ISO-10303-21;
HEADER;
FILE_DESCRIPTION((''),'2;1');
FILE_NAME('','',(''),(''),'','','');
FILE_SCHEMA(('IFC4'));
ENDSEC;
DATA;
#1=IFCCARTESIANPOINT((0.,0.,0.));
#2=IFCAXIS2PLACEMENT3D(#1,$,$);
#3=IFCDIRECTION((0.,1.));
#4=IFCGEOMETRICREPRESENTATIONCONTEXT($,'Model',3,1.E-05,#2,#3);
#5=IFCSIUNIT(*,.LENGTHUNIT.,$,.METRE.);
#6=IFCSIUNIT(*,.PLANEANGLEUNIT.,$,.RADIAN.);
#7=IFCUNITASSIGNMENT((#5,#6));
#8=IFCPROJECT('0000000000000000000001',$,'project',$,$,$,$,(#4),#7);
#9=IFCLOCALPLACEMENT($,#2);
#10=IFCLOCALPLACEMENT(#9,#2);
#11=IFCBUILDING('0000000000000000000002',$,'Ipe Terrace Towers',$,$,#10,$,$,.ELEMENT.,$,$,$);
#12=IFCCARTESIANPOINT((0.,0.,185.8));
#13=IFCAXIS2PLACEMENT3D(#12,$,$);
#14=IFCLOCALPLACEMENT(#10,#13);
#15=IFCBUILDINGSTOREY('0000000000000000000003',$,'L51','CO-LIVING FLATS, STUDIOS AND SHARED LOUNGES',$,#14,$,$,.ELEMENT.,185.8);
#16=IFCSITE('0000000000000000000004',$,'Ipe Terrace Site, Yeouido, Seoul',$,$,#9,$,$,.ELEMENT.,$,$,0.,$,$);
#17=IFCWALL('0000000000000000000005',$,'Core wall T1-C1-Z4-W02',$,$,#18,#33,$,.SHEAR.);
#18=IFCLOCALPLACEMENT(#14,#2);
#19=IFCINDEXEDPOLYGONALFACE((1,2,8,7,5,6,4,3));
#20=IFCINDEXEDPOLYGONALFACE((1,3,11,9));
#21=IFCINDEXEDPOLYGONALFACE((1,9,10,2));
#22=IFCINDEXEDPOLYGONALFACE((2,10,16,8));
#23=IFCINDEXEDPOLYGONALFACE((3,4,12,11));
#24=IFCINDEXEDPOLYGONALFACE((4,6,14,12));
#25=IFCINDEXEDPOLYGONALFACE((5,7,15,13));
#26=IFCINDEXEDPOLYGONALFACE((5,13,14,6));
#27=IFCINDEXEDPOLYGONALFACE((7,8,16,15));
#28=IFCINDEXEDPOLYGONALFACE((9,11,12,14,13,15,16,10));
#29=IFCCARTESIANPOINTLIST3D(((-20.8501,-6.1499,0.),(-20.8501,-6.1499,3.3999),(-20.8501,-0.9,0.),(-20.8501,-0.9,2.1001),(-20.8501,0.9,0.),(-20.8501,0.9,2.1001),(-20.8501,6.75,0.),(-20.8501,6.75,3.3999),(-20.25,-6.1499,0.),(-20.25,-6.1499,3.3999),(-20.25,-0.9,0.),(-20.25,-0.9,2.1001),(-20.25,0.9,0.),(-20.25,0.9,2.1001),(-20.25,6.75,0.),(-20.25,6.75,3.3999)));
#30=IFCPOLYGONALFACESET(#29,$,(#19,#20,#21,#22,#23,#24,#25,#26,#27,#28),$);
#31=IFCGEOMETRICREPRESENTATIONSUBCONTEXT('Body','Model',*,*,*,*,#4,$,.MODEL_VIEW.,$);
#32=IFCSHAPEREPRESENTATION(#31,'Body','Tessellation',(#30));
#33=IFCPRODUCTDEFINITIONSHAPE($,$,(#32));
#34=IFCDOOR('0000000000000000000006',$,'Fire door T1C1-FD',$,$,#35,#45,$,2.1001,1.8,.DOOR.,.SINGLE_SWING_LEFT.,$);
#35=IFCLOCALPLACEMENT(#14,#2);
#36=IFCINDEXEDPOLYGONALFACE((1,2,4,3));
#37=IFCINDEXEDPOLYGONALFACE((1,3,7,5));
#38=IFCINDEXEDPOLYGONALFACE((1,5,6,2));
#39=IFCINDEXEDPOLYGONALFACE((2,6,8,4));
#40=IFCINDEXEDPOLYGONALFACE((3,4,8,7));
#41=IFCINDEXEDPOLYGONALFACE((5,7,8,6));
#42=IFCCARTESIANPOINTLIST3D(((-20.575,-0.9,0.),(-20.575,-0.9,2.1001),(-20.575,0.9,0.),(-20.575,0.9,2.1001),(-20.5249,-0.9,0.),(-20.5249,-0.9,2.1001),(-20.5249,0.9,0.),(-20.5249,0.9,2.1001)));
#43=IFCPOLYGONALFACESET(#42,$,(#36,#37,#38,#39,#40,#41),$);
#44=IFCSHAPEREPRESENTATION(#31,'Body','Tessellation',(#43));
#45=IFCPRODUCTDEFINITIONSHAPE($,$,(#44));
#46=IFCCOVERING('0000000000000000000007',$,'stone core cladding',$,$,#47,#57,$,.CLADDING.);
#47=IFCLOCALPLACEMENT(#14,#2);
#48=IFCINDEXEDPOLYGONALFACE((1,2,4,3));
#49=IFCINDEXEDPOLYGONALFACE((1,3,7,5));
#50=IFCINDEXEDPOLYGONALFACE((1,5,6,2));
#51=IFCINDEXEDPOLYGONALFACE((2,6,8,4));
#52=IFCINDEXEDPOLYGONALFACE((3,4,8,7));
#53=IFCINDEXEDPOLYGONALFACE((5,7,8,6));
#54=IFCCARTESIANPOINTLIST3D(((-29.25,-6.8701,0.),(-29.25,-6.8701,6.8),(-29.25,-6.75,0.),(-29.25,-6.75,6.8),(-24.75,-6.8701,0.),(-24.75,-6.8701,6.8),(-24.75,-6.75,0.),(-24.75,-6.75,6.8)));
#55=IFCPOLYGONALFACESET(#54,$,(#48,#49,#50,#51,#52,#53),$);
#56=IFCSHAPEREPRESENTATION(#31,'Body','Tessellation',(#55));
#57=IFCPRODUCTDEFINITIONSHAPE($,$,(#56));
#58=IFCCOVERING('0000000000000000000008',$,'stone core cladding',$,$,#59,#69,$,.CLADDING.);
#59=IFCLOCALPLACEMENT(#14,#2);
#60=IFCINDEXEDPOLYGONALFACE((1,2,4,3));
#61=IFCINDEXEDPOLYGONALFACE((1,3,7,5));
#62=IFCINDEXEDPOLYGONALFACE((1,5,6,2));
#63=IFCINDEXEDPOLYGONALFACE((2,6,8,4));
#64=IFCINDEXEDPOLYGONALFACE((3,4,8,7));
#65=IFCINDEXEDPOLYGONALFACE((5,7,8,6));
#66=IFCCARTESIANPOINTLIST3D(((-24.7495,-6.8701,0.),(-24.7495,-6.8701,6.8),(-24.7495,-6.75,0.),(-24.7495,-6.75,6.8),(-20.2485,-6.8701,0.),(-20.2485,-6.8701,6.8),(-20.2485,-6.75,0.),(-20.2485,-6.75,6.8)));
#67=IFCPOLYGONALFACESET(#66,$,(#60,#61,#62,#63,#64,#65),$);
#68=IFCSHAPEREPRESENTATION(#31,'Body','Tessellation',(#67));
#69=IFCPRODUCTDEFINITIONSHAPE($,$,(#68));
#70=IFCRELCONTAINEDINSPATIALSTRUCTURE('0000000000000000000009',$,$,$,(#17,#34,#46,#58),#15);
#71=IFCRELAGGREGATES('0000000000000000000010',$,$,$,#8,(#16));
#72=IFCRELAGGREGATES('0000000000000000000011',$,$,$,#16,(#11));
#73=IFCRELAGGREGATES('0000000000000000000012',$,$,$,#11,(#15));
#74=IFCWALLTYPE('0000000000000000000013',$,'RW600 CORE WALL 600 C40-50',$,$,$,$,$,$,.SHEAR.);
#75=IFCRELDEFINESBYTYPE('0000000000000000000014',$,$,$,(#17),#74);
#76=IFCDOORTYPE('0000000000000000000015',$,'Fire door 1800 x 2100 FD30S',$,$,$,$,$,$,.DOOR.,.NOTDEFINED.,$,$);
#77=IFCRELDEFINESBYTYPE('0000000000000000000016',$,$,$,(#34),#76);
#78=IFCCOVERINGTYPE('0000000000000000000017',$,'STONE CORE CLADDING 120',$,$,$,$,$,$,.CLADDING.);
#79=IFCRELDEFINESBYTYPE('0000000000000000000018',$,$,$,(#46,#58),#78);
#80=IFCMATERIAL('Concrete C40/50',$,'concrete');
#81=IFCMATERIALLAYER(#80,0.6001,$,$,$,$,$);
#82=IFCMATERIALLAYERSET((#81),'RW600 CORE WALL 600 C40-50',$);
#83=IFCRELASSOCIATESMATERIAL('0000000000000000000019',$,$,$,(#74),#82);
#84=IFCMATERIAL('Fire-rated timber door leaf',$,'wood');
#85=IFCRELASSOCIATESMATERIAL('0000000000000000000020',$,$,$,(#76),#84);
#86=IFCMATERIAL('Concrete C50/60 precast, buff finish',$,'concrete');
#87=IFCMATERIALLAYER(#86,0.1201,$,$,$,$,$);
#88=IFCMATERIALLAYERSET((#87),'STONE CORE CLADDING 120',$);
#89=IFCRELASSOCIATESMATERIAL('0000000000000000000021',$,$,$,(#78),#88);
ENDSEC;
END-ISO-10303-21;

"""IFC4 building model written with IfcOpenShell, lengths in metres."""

from ifc_helpers import new_model, si_unit, direction, frame, frame_2d, origin, origin_2d, place, context, subcontext, project, spatial, rectangle, extrude, material, layer, layer_set, type_object, element, fill, save


model = new_model("IFC4")

# Units and contexts
model_context = context("Model", 3, precision=1e-05, world=origin(), true_north=direction((0.0, 1.0)))
body_context = subcontext(model_context, "Body", "Model", "MODEL_VIEW")
ifc_project = project(units=[si_unit("LENGTHUNIT", "METRE"), si_unit("PLANEANGLEUNIT", "RADIAN")], contexts=[model_context])

# Site, building, storey
site_placement = place(None, origin())
site = spatial("IfcSite", under=ifc_project, at=site_placement, Name="Ipe Terrace Site, Yeouido, Seoul", CompositionType="ELEMENT", RefElevation=0.0)
building_placement = place(site_placement, origin())
building = spatial("IfcBuilding", under=site, at=building_placement, Name="Ipe Terrace Towers", CompositionType="ELEMENT")
storey_placement = place(building_placement, frame((0.0, 0.0, 185.8)))
storey = spatial("IfcBuildingStorey", under=building, at=storey_placement, Name="L51", Description="CO-LIVING FLATS, STUDIOS AND SHARED LOUNGES", CompositionType="ELEMENT", Elevation=185.8)

# Shared definitions
ifc_material_1 = material(Name="Concrete C40/50", Category="concrete")
ifc_layer_1 = layer(ifc_material_1, 0.6001)
ifc_layer_set_1 = layer_set([ifc_layer_1], Name="RW600 CORE WALL 600 C40-50")
wall_type_1 = type_object("IfcWallType", Name="RW600 CORE WALL 600 C40-50", PredefinedType="SHEAR", material=ifc_layer_set_1)

# Wall, opening, door
wall_1_placement = place(storey_placement, frame((-20.55, -6.1499, 0.0), z_axis=(0.0, 0.0, 1.0), x_axis=(0.0, 1.0, 0.0)))
wall_1 = element("IfcWall", 1, at=wall_1_placement, inside=storey, type_object=wall_type_1, Name="Core wall T1-C1-Z4-W02", PredefinedType="SHEAR", context=body_context, shape_type="SweptSolid", body=[
    extrude(rectangle(XDim=12.8999, YDim=0.6001, at=frame_2d((6.45, 0.0))), origin(), (0.0, 0.0, 1.0), 3.3999),
])
opening_1_placement = place(wall_1_placement, frame((5.25, 0.0, 0.0)))
opening_1 = element("IfcOpeningElement", 2, at=opening_1_placement, cuts=wall_1, PredefinedType="OPENING", context=body_context, shape_type="SweptSolid", body=[
    extrude(rectangle(XDim=1.8, YDim=2.1001, at=frame_2d((0.8999, 1.05))), frame((0.0, 0.3101, 0.0), z_axis=(0.0, -1.0, 0.0), x_axis=(1.0, 0.0, 0.0)), (0.0, 0.0, 1.0), 0.6201),
])
ifc_material_2 = material(Name="Fire-rated timber door leaf", Category="wood")
door_type_1 = type_object("IfcDoorType", Name="Fire door 1800 x 2100 FD30S", OperationType="NOTDEFINED", PredefinedType="DOOR", material=ifc_material_2)
door_1_placement = place(opening_1_placement, origin())
door_1 = element("IfcDoor", 3, at=door_1_placement, inside=storey, type_object=door_type_1, Name="Fire door T1C1-FD", OperationType="SINGLE_SWING_LEFT", OverallHeight=2.1001, OverallWidth=1.8, PredefinedType="DOOR", context=body_context, shape_type="SweptSolid", body=[
    extrude(rectangle(XDim=1.8, YDim=2.1001, at=frame_2d((0.8999, 1.05))), frame((0.0, 0.0249, 0.0), z_axis=(0.0, -1.0, 0.0), x_axis=(1.0, 0.0, 0.0)), (0.0, 0.0, 1.0), 0.05),
])
fill(opening_1, door_1)

# Coverings
ifc_material_3 = material(Name="Concrete C50/60 precast, buff finish", Category="concrete")
ifc_layer_2 = layer(ifc_material_3, 0.1201)
ifc_layer_set_2 = layer_set([ifc_layer_2], Name="STONE CORE CLADDING 120")
covering_type = type_object("IfcCoveringType", Name="STONE CORE CLADDING 120", PredefinedType="CLADDING", material=ifc_layer_set_2)
covering_1_placement = place(storey_placement, frame((-27.0, -6.8101, 0.0), z_axis=(0.0, 0.0, 1.0), x_axis=(1.0, 0.0, 0.0)))
element("IfcCovering", 4, at=covering_1_placement, inside=storey, type_object=covering_type, Name="stone core cladding", PredefinedType="CLADDING", context=body_context, shape_type="SweptSolid", body=[
    extrude(rectangle(XDim=4.5, YDim=0.1201, at=origin_2d()), origin(), (0.0, 0.0, 1.0), 6.8),
])
covering_2_placement = place(storey_placement, frame((-22.499, -6.8101, 0.0), z_axis=(0.0, 0.0, 1.0), x_axis=(1.0, 0.0, 0.0)))
element("IfcCovering", 5, at=covering_2_placement, inside=storey, type_object=covering_type, Name="stone core cladding", PredefinedType="CLADDING", context=body_context, shape_type="SweptSolid", body=[
    extrude(rectangle(XDim=4.501, YDim=0.1201, at=origin_2d()), origin(), (0.0, 0.0, 1.0), 6.8),
])

save(model, "model.ifc")
